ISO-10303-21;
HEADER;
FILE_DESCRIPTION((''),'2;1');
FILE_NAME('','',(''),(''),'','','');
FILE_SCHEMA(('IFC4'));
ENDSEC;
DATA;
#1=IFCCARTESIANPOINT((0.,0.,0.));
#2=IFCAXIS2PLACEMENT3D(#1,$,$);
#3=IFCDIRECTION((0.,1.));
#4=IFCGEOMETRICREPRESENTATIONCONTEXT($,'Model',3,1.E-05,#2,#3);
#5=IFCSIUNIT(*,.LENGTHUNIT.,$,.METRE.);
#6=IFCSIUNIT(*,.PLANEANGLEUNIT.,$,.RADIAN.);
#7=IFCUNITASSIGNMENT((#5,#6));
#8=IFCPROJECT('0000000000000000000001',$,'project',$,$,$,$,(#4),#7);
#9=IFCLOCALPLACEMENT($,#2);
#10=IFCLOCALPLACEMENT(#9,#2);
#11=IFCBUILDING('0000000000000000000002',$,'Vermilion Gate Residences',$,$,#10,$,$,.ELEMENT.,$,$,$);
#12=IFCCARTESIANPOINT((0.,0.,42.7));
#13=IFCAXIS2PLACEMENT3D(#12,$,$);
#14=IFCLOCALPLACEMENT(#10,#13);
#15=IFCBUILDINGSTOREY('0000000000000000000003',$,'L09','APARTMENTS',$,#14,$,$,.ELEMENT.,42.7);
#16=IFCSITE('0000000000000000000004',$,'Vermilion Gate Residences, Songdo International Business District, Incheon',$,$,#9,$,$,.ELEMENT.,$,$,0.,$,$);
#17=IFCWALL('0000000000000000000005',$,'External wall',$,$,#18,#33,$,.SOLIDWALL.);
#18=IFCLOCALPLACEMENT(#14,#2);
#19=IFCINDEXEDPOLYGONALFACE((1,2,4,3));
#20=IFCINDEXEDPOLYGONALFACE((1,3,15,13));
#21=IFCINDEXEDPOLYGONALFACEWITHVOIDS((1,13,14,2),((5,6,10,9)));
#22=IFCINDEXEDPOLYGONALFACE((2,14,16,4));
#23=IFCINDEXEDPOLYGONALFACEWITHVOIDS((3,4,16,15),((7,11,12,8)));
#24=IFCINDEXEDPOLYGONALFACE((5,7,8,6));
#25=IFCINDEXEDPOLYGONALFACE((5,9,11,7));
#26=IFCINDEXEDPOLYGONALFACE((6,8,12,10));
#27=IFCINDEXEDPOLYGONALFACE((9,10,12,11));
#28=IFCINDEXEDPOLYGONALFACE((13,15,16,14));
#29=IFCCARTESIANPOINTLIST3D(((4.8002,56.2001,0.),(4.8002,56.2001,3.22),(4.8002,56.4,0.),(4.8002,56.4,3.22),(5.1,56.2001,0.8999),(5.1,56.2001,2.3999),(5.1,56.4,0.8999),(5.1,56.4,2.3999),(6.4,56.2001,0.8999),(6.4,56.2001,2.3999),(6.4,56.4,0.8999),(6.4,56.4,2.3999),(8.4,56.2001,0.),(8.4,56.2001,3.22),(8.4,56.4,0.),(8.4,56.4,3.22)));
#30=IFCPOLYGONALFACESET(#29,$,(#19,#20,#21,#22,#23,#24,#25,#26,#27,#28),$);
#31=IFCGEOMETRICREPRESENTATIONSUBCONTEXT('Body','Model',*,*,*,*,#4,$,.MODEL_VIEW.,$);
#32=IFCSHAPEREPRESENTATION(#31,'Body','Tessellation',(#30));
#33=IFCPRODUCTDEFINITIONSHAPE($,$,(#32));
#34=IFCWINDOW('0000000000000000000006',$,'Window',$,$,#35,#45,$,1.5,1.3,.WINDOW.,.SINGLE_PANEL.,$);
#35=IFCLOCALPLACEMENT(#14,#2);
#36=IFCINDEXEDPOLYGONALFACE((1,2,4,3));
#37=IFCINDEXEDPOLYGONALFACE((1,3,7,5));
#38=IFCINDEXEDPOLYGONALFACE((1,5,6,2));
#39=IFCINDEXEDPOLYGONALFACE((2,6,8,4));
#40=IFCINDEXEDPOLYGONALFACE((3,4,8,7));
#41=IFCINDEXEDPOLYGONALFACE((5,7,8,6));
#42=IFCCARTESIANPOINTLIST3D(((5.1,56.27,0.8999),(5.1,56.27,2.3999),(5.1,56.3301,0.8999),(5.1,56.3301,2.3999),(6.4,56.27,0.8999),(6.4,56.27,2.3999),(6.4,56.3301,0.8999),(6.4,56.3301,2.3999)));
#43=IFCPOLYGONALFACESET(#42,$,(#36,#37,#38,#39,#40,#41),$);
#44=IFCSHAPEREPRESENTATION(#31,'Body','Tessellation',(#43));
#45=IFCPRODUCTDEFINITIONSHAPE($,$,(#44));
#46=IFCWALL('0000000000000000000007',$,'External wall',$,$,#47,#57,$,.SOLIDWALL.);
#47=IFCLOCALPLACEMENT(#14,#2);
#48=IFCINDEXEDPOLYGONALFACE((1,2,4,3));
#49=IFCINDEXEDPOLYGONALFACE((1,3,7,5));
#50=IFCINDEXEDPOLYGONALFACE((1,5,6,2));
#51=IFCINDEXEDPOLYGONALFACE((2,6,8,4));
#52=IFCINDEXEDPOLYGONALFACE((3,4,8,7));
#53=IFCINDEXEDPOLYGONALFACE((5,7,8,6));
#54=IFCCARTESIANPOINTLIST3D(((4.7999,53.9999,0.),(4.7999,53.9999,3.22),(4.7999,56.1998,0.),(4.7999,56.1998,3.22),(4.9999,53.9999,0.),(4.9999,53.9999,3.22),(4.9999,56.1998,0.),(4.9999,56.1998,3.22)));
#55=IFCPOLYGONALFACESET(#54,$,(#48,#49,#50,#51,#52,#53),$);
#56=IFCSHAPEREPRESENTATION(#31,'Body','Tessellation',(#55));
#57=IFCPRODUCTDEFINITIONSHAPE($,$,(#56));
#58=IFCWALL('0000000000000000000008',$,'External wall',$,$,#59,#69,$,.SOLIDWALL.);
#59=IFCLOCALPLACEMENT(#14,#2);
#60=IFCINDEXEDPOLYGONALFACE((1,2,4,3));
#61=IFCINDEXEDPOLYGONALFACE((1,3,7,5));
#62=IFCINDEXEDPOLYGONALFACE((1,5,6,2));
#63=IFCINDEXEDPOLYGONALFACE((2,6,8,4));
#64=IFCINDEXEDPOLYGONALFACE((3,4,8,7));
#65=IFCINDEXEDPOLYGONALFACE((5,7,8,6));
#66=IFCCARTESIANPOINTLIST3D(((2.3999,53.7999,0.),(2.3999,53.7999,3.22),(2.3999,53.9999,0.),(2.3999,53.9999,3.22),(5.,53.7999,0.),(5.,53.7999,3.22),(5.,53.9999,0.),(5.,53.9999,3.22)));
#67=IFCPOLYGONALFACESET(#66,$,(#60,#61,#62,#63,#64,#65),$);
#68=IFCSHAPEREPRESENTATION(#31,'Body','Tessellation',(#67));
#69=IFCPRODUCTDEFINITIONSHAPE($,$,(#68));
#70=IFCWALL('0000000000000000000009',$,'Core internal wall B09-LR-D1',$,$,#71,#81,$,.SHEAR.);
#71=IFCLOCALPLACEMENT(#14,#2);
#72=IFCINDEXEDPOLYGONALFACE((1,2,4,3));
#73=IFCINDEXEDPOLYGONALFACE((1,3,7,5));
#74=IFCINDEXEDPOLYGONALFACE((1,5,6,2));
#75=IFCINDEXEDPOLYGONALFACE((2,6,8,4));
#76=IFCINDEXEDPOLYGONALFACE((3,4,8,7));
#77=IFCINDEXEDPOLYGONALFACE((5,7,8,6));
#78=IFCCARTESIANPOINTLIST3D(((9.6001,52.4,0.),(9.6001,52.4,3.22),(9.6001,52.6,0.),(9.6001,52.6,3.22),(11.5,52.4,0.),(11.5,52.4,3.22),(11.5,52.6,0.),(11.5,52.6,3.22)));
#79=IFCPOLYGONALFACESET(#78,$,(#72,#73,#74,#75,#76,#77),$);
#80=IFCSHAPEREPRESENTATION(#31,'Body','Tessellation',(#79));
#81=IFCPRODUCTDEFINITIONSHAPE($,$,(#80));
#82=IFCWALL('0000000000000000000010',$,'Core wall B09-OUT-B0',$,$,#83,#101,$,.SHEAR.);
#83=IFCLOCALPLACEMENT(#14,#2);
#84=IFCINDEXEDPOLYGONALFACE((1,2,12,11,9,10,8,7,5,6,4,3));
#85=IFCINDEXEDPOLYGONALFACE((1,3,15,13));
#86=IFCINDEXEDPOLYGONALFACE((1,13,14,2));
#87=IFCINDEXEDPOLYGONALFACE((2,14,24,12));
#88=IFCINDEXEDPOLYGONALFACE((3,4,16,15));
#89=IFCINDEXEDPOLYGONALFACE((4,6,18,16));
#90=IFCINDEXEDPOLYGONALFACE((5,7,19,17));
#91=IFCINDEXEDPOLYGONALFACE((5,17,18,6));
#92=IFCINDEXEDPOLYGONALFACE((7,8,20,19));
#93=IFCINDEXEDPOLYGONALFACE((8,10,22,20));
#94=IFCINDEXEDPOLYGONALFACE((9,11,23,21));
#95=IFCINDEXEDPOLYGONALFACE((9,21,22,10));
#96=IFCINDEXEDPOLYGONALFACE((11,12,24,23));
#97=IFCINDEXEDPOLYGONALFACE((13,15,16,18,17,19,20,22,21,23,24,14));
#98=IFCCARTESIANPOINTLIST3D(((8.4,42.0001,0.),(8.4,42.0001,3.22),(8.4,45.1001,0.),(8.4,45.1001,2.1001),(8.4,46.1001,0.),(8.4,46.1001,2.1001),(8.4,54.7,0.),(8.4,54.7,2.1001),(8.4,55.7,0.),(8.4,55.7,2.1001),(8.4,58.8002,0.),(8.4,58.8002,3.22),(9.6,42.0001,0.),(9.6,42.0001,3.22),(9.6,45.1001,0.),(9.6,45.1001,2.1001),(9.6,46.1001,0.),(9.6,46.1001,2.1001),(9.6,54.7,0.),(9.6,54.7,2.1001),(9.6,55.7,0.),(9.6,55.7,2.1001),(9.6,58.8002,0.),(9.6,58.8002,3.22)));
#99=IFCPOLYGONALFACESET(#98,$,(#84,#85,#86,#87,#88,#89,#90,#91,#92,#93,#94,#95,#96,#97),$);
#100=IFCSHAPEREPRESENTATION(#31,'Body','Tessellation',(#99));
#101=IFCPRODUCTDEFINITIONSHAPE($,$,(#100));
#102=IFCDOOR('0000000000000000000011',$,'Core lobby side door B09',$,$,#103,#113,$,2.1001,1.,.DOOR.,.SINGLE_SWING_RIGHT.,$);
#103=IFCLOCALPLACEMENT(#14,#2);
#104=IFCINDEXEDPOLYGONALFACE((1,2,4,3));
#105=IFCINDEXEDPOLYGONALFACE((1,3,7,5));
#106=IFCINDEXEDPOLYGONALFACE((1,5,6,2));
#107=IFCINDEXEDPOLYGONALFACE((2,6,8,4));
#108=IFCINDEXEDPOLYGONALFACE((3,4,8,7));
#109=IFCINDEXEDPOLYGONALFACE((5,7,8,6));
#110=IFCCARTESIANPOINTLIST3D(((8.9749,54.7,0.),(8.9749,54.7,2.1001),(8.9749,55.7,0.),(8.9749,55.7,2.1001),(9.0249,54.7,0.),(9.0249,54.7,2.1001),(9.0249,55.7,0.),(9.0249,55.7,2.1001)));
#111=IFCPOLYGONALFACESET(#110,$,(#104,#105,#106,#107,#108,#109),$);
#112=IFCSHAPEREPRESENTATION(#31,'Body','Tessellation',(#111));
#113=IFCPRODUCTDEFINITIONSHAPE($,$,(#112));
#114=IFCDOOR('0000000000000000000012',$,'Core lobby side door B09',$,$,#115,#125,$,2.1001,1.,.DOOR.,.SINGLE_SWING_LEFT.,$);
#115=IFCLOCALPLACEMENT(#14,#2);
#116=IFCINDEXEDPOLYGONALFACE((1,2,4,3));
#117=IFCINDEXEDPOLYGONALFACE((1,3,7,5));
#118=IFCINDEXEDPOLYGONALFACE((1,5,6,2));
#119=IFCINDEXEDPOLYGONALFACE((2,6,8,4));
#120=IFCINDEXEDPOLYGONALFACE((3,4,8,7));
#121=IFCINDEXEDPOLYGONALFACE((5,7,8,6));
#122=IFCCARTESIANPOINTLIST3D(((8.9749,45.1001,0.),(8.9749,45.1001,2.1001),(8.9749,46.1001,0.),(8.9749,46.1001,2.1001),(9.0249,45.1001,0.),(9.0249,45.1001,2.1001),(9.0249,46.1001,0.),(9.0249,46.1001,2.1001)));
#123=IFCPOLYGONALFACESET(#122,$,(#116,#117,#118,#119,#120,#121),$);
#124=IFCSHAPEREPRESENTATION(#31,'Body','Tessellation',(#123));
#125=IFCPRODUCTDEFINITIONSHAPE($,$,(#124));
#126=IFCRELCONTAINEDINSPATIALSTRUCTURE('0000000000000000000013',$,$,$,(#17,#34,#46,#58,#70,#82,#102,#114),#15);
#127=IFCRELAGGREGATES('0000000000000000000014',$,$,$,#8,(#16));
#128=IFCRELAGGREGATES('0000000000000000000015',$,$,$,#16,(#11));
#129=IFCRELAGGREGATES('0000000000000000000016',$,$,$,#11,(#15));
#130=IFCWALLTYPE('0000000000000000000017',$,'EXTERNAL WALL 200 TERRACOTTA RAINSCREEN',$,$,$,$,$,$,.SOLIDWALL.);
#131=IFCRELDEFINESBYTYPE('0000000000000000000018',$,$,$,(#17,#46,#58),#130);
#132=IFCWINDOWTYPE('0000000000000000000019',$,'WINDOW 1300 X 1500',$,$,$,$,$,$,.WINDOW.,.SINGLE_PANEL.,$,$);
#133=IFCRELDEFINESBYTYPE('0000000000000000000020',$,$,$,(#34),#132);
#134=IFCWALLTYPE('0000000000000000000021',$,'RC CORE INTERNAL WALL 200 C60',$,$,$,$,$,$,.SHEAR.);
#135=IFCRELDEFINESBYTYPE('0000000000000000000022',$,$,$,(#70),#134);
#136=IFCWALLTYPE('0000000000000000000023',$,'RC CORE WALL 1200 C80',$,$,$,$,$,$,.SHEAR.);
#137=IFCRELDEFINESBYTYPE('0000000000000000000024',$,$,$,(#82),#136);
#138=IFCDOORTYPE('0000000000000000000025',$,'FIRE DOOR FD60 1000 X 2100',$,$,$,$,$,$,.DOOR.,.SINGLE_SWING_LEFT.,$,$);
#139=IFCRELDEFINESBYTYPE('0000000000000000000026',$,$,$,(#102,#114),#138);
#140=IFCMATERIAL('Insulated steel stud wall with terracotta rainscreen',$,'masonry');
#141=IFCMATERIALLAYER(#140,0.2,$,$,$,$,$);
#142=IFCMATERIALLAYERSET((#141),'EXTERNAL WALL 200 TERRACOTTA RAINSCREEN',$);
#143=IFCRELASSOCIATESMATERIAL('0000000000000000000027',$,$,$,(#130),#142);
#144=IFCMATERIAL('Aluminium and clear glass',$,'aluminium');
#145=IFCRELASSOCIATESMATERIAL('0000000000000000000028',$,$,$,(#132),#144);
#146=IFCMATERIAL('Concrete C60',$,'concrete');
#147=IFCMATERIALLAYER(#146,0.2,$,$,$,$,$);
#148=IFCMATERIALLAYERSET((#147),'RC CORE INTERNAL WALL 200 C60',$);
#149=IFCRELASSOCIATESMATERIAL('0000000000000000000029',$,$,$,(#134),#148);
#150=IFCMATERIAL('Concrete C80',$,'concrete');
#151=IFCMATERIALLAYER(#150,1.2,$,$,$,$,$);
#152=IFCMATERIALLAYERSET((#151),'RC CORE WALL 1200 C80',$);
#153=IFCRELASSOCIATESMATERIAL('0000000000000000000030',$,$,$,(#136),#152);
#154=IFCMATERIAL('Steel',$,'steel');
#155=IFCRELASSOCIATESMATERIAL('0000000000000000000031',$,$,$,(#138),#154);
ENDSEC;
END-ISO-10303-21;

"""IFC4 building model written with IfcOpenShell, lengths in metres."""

from ifc_helpers import new_model, si_unit, direction, frame, frame_2d, origin, place, context, subcontext, project, spatial, rectangle, extrude, material, layer, layer_set, type_object, element, fill, save


model = new_model("IFC4")

# Units and contexts
model_context = context("Model", 3, precision=1e-05, world=origin(), true_north=direction((0.0, 1.0)))
body_context = subcontext(model_context, "Body", "Model", "MODEL_VIEW")
ifc_project = project(units=[si_unit("LENGTHUNIT", "METRE"), si_unit("PLANEANGLEUNIT", "RADIAN")], contexts=[model_context])

# Site, building, storey
site_placement = place(None, origin())
site = spatial("IfcSite", under=ifc_project, at=site_placement, Name="Vermilion Gate Residences, Songdo International Business District, Incheon", CompositionType="ELEMENT", RefElevation=0.0)
building_placement = place(site_placement, origin())
building = spatial("IfcBuilding", under=site, at=building_placement, Name="Vermilion Gate Residences", CompositionType="ELEMENT")
storey_placement = place(building_placement, frame((0.0, 0.0, 42.7)))
storey = spatial("IfcBuildingStorey", under=building, at=storey_placement, Name="L09", Description="APARTMENTS", CompositionType="ELEMENT", Elevation=42.7)

# Wall, opening, window
ifc_material_1 = material(Name="Insulated steel stud wall with terracotta rainscreen", Category="masonry")
ifc_layer_1 = layer(ifc_material_1, 0.2)
ifc_layer_set_1 = layer_set([ifc_layer_1], Name="EXTERNAL WALL 200 TERRACOTTA RAINSCREEN")
wall_type_1 = type_object("IfcWallType", Name="EXTERNAL WALL 200 TERRACOTTA RAINSCREEN", PredefinedType="SOLIDWALL", material=ifc_layer_set_1)
wall_1_placement = place(storey_placement, frame((8.3999, 56.3, 0.0), z_axis=(0.0, 0.0, 1.0), x_axis=(-1.0, 0.0, 0.0)))
wall_1 = element("IfcWall", 1, at=wall_1_placement, inside=storey, type_object=wall_type_1, Name="External wall", PredefinedType="SOLIDWALL", context=body_context, shape_type="SweptSolid", body=[
    extrude(rectangle(XDim=3.5999, YDim=0.2, at=frame_2d((1.7998, 0.0))), origin(), (0.0, 0.0, 1.0), 3.22),
])
opening_1_placement = place(wall_1_placement, frame((2.0, 0.0, 0.8999)))
opening_1 = element("IfcOpeningElement", 2, at=opening_1_placement, cuts=wall_1, PredefinedType="OPENING", context=body_context, shape_type="SweptSolid", body=[
    extrude(rectangle(XDim=1.3, YDim=1.5, at=frame_2d((0.6499, 0.75))), frame((0.0, 0.1099, 0.0), z_axis=(0.0, -1.0, 0.0), x_axis=(1.0, 0.0, 0.0)), (0.0, 0.0, 1.0), 0.22),
])
ifc_material_2 = material(Name="Aluminium and clear glass", Category="aluminium")
window_type = type_object("IfcWindowType", Name="WINDOW 1300 X 1500", PartitioningType="SINGLE_PANEL", PredefinedType="WINDOW", material=ifc_material_2)
window_placement = place(opening_1_placement, origin())
window = element("IfcWindow", 3, at=window_placement, inside=storey, type_object=window_type, Name="Window", OverallHeight=1.5, OverallWidth=1.3, PartitioningType="SINGLE_PANEL", PredefinedType="WINDOW", context=body_context, shape_type="SweptSolid", body=[
    extrude(rectangle(XDim=1.3, YDim=1.5, at=frame_2d((0.6499, 0.75))), frame((0.0, 0.03, 0.0), z_axis=(0.0, -1.0, 0.0), x_axis=(1.0, 0.0, 0.0)), (0.0, 0.0, 1.0), 0.0601),
])
fill(opening_1, window)

# Walls
wall_2_placement = place(storey_placement, frame((4.8999, 56.2, 0.0), z_axis=(0.0, 0.0, 1.0), x_axis=(0.0, -1.0, 0.0)))
element("IfcWall", 4, at=wall_2_placement, inside=storey, type_object=wall_type_1, Name="External wall", PredefinedType="SOLIDWALL", context=body_context, shape_type="SweptSolid", body=[
    extrude(rectangle(XDim=2.2, YDim=0.2, at=frame_2d((1.1001, 0.0))), origin(), (0.0, 0.0, 1.0), 3.22),
])
wall_3_placement = place(storey_placement, frame((5.0, 53.8999, 0.0), z_axis=(0.0, 0.0, 1.0), x_axis=(-1.0, 0.0, 0.0)))
element("IfcWall", 5, at=wall_3_placement, inside=storey, type_object=wall_type_1, Name="External wall", PredefinedType="SOLIDWALL", context=body_context, shape_type="SweptSolid", body=[
    extrude(rectangle(XDim=2.6001, YDim=0.2, at=frame_2d((1.3, 0.0))), origin(), (0.0, 0.0, 1.0), 3.22),
])
ifc_material_3 = material(Name="Concrete C60", Category="concrete")
ifc_layer_2 = layer(ifc_material_3, 0.2)
ifc_layer_set_2 = layer_set([ifc_layer_2], Name="RC CORE INTERNAL WALL 200 C60")
wall_type_2 = type_object("IfcWallType", Name="RC CORE INTERNAL WALL 200 C60", PredefinedType="SHEAR", material=ifc_layer_set_2)
wall_4_placement = place(storey_placement, frame((9.6001, 52.5, 0.0), z_axis=(0.0, 0.0, 1.0), x_axis=(1.0, 0.0, 0.0)))
element("IfcWall", 6, at=wall_4_placement, inside=storey, type_object=wall_type_2, Name="Core internal wall B09-LR-D1", PredefinedType="SHEAR", context=body_context, shape_type="SweptSolid", body=[
    extrude(rectangle(XDim=1.8999, YDim=0.2, at=frame_2d((0.95, 0.0))), origin(), (0.0, 0.0, 1.0), 3.22),
])

# Wall, openings, doors
ifc_material_4 = material(Name="Concrete C80", Category="concrete")
ifc_layer_3 = layer(ifc_material_4, 1.2)
ifc_layer_set_3 = layer_set([ifc_layer_3], Name="RC CORE WALL 1200 C80")
wall_type_3 = type_object("IfcWallType", Name="RC CORE WALL 1200 C80", PredefinedType="SHEAR", material=ifc_layer_set_3)
wall_5_placement = place(storey_placement, frame((9.0, 58.8, 0.0), z_axis=(0.0, 0.0, 1.0), x_axis=(0.0, -1.0, 0.0)))
wall_5 = element("IfcWall", 7, at=wall_5_placement, inside=storey, type_object=wall_type_3, Name="Core wall B09-OUT-B0", PredefinedType="SHEAR", context=body_context, shape_type="SweptSolid", body=[
    extrude(rectangle(XDim=16.8, YDim=1.2, at=frame_2d((8.3999, 0.0))), origin(), (0.0, 0.0, 1.0), 3.22),
])
opening_2_placement = place(wall_5_placement, frame((3.1001, 0.0, 0.0)))
opening_2 = element("IfcOpeningElement", 8, at=opening_2_placement, cuts=wall_5, PredefinedType="OPENING", context=body_context, shape_type="SweptSolid", body=[
    extrude(rectangle(XDim=1.0, YDim=2.1001, at=frame_2d((0.5, 1.05))), frame((0.0, 0.6099, 0.0), z_axis=(0.0, -1.0, 0.0), x_axis=(1.0, 0.0, 0.0)), (0.0, 0.0, 1.0), 1.22),
])
opening_3_placement = place(wall_5_placement, frame((12.7, 0.0, 0.0)))
opening_3 = element("IfcOpeningElement", 9, at=opening_3_placement, cuts=wall_5, PredefinedType="OPENING", context=body_context, shape_type="SweptSolid", body=[
    extrude(rectangle(XDim=1.0, YDim=2.1001, at=frame_2d((0.5, 1.05))), frame((0.0, 0.6099, 0.0), z_axis=(0.0, -1.0, 0.0), x_axis=(1.0, 0.0, 0.0)), (0.0, 0.0, 1.0), 1.22),
])
ifc_material_5 = material(Name="Steel", Category="steel")
door_type = type_object("IfcDoorType", Name="FIRE DOOR FD60 1000 X 2100", OperationType="SINGLE_SWING_LEFT", PredefinedType="DOOR", material=ifc_material_5)
door_1_placement = place(opening_2_placement, origin())
door_1 = element("IfcDoor", 10, at=door_1_placement, inside=storey, type_object=door_type, Name="Core lobby side door B09", OperationType="SINGLE_SWING_RIGHT", OverallHeight=2.1001, OverallWidth=1.0, PredefinedType="DOOR", context=body_context, shape_type="SweptSolid", body=[
    extrude(rectangle(XDim=1.0, YDim=2.1001, at=frame_2d((0.5, 1.05))), frame((0.0, 0.0249, 0.0), z_axis=(0.0, -1.0, 0.0), x_axis=(1.0, 0.0, 0.0)), (0.0, 0.0, 1.0), 0.05),
])
fill(opening_2, door_1)
door_2_placement = place(opening_3_placement, origin())
door_2 = element("IfcDoor", 11, at=door_2_placement, inside=storey, type_object=door_type, Name="Core lobby side door B09", OperationType="SINGLE_SWING_LEFT", OverallHeight=2.1001, OverallWidth=1.0, PredefinedType="DOOR", context=body_context, shape_type="SweptSolid", body=[
    extrude(rectangle(XDim=1.0, YDim=2.1001, at=frame_2d((0.5, 1.05))), frame((0.0, 0.0249, 0.0), z_axis=(0.0, -1.0, 0.0), x_axis=(1.0, 0.0, 0.0)), (0.0, 0.0, 1.0), 0.05),
])
fill(opening_3, door_2)

save(model, "model.ifc")
